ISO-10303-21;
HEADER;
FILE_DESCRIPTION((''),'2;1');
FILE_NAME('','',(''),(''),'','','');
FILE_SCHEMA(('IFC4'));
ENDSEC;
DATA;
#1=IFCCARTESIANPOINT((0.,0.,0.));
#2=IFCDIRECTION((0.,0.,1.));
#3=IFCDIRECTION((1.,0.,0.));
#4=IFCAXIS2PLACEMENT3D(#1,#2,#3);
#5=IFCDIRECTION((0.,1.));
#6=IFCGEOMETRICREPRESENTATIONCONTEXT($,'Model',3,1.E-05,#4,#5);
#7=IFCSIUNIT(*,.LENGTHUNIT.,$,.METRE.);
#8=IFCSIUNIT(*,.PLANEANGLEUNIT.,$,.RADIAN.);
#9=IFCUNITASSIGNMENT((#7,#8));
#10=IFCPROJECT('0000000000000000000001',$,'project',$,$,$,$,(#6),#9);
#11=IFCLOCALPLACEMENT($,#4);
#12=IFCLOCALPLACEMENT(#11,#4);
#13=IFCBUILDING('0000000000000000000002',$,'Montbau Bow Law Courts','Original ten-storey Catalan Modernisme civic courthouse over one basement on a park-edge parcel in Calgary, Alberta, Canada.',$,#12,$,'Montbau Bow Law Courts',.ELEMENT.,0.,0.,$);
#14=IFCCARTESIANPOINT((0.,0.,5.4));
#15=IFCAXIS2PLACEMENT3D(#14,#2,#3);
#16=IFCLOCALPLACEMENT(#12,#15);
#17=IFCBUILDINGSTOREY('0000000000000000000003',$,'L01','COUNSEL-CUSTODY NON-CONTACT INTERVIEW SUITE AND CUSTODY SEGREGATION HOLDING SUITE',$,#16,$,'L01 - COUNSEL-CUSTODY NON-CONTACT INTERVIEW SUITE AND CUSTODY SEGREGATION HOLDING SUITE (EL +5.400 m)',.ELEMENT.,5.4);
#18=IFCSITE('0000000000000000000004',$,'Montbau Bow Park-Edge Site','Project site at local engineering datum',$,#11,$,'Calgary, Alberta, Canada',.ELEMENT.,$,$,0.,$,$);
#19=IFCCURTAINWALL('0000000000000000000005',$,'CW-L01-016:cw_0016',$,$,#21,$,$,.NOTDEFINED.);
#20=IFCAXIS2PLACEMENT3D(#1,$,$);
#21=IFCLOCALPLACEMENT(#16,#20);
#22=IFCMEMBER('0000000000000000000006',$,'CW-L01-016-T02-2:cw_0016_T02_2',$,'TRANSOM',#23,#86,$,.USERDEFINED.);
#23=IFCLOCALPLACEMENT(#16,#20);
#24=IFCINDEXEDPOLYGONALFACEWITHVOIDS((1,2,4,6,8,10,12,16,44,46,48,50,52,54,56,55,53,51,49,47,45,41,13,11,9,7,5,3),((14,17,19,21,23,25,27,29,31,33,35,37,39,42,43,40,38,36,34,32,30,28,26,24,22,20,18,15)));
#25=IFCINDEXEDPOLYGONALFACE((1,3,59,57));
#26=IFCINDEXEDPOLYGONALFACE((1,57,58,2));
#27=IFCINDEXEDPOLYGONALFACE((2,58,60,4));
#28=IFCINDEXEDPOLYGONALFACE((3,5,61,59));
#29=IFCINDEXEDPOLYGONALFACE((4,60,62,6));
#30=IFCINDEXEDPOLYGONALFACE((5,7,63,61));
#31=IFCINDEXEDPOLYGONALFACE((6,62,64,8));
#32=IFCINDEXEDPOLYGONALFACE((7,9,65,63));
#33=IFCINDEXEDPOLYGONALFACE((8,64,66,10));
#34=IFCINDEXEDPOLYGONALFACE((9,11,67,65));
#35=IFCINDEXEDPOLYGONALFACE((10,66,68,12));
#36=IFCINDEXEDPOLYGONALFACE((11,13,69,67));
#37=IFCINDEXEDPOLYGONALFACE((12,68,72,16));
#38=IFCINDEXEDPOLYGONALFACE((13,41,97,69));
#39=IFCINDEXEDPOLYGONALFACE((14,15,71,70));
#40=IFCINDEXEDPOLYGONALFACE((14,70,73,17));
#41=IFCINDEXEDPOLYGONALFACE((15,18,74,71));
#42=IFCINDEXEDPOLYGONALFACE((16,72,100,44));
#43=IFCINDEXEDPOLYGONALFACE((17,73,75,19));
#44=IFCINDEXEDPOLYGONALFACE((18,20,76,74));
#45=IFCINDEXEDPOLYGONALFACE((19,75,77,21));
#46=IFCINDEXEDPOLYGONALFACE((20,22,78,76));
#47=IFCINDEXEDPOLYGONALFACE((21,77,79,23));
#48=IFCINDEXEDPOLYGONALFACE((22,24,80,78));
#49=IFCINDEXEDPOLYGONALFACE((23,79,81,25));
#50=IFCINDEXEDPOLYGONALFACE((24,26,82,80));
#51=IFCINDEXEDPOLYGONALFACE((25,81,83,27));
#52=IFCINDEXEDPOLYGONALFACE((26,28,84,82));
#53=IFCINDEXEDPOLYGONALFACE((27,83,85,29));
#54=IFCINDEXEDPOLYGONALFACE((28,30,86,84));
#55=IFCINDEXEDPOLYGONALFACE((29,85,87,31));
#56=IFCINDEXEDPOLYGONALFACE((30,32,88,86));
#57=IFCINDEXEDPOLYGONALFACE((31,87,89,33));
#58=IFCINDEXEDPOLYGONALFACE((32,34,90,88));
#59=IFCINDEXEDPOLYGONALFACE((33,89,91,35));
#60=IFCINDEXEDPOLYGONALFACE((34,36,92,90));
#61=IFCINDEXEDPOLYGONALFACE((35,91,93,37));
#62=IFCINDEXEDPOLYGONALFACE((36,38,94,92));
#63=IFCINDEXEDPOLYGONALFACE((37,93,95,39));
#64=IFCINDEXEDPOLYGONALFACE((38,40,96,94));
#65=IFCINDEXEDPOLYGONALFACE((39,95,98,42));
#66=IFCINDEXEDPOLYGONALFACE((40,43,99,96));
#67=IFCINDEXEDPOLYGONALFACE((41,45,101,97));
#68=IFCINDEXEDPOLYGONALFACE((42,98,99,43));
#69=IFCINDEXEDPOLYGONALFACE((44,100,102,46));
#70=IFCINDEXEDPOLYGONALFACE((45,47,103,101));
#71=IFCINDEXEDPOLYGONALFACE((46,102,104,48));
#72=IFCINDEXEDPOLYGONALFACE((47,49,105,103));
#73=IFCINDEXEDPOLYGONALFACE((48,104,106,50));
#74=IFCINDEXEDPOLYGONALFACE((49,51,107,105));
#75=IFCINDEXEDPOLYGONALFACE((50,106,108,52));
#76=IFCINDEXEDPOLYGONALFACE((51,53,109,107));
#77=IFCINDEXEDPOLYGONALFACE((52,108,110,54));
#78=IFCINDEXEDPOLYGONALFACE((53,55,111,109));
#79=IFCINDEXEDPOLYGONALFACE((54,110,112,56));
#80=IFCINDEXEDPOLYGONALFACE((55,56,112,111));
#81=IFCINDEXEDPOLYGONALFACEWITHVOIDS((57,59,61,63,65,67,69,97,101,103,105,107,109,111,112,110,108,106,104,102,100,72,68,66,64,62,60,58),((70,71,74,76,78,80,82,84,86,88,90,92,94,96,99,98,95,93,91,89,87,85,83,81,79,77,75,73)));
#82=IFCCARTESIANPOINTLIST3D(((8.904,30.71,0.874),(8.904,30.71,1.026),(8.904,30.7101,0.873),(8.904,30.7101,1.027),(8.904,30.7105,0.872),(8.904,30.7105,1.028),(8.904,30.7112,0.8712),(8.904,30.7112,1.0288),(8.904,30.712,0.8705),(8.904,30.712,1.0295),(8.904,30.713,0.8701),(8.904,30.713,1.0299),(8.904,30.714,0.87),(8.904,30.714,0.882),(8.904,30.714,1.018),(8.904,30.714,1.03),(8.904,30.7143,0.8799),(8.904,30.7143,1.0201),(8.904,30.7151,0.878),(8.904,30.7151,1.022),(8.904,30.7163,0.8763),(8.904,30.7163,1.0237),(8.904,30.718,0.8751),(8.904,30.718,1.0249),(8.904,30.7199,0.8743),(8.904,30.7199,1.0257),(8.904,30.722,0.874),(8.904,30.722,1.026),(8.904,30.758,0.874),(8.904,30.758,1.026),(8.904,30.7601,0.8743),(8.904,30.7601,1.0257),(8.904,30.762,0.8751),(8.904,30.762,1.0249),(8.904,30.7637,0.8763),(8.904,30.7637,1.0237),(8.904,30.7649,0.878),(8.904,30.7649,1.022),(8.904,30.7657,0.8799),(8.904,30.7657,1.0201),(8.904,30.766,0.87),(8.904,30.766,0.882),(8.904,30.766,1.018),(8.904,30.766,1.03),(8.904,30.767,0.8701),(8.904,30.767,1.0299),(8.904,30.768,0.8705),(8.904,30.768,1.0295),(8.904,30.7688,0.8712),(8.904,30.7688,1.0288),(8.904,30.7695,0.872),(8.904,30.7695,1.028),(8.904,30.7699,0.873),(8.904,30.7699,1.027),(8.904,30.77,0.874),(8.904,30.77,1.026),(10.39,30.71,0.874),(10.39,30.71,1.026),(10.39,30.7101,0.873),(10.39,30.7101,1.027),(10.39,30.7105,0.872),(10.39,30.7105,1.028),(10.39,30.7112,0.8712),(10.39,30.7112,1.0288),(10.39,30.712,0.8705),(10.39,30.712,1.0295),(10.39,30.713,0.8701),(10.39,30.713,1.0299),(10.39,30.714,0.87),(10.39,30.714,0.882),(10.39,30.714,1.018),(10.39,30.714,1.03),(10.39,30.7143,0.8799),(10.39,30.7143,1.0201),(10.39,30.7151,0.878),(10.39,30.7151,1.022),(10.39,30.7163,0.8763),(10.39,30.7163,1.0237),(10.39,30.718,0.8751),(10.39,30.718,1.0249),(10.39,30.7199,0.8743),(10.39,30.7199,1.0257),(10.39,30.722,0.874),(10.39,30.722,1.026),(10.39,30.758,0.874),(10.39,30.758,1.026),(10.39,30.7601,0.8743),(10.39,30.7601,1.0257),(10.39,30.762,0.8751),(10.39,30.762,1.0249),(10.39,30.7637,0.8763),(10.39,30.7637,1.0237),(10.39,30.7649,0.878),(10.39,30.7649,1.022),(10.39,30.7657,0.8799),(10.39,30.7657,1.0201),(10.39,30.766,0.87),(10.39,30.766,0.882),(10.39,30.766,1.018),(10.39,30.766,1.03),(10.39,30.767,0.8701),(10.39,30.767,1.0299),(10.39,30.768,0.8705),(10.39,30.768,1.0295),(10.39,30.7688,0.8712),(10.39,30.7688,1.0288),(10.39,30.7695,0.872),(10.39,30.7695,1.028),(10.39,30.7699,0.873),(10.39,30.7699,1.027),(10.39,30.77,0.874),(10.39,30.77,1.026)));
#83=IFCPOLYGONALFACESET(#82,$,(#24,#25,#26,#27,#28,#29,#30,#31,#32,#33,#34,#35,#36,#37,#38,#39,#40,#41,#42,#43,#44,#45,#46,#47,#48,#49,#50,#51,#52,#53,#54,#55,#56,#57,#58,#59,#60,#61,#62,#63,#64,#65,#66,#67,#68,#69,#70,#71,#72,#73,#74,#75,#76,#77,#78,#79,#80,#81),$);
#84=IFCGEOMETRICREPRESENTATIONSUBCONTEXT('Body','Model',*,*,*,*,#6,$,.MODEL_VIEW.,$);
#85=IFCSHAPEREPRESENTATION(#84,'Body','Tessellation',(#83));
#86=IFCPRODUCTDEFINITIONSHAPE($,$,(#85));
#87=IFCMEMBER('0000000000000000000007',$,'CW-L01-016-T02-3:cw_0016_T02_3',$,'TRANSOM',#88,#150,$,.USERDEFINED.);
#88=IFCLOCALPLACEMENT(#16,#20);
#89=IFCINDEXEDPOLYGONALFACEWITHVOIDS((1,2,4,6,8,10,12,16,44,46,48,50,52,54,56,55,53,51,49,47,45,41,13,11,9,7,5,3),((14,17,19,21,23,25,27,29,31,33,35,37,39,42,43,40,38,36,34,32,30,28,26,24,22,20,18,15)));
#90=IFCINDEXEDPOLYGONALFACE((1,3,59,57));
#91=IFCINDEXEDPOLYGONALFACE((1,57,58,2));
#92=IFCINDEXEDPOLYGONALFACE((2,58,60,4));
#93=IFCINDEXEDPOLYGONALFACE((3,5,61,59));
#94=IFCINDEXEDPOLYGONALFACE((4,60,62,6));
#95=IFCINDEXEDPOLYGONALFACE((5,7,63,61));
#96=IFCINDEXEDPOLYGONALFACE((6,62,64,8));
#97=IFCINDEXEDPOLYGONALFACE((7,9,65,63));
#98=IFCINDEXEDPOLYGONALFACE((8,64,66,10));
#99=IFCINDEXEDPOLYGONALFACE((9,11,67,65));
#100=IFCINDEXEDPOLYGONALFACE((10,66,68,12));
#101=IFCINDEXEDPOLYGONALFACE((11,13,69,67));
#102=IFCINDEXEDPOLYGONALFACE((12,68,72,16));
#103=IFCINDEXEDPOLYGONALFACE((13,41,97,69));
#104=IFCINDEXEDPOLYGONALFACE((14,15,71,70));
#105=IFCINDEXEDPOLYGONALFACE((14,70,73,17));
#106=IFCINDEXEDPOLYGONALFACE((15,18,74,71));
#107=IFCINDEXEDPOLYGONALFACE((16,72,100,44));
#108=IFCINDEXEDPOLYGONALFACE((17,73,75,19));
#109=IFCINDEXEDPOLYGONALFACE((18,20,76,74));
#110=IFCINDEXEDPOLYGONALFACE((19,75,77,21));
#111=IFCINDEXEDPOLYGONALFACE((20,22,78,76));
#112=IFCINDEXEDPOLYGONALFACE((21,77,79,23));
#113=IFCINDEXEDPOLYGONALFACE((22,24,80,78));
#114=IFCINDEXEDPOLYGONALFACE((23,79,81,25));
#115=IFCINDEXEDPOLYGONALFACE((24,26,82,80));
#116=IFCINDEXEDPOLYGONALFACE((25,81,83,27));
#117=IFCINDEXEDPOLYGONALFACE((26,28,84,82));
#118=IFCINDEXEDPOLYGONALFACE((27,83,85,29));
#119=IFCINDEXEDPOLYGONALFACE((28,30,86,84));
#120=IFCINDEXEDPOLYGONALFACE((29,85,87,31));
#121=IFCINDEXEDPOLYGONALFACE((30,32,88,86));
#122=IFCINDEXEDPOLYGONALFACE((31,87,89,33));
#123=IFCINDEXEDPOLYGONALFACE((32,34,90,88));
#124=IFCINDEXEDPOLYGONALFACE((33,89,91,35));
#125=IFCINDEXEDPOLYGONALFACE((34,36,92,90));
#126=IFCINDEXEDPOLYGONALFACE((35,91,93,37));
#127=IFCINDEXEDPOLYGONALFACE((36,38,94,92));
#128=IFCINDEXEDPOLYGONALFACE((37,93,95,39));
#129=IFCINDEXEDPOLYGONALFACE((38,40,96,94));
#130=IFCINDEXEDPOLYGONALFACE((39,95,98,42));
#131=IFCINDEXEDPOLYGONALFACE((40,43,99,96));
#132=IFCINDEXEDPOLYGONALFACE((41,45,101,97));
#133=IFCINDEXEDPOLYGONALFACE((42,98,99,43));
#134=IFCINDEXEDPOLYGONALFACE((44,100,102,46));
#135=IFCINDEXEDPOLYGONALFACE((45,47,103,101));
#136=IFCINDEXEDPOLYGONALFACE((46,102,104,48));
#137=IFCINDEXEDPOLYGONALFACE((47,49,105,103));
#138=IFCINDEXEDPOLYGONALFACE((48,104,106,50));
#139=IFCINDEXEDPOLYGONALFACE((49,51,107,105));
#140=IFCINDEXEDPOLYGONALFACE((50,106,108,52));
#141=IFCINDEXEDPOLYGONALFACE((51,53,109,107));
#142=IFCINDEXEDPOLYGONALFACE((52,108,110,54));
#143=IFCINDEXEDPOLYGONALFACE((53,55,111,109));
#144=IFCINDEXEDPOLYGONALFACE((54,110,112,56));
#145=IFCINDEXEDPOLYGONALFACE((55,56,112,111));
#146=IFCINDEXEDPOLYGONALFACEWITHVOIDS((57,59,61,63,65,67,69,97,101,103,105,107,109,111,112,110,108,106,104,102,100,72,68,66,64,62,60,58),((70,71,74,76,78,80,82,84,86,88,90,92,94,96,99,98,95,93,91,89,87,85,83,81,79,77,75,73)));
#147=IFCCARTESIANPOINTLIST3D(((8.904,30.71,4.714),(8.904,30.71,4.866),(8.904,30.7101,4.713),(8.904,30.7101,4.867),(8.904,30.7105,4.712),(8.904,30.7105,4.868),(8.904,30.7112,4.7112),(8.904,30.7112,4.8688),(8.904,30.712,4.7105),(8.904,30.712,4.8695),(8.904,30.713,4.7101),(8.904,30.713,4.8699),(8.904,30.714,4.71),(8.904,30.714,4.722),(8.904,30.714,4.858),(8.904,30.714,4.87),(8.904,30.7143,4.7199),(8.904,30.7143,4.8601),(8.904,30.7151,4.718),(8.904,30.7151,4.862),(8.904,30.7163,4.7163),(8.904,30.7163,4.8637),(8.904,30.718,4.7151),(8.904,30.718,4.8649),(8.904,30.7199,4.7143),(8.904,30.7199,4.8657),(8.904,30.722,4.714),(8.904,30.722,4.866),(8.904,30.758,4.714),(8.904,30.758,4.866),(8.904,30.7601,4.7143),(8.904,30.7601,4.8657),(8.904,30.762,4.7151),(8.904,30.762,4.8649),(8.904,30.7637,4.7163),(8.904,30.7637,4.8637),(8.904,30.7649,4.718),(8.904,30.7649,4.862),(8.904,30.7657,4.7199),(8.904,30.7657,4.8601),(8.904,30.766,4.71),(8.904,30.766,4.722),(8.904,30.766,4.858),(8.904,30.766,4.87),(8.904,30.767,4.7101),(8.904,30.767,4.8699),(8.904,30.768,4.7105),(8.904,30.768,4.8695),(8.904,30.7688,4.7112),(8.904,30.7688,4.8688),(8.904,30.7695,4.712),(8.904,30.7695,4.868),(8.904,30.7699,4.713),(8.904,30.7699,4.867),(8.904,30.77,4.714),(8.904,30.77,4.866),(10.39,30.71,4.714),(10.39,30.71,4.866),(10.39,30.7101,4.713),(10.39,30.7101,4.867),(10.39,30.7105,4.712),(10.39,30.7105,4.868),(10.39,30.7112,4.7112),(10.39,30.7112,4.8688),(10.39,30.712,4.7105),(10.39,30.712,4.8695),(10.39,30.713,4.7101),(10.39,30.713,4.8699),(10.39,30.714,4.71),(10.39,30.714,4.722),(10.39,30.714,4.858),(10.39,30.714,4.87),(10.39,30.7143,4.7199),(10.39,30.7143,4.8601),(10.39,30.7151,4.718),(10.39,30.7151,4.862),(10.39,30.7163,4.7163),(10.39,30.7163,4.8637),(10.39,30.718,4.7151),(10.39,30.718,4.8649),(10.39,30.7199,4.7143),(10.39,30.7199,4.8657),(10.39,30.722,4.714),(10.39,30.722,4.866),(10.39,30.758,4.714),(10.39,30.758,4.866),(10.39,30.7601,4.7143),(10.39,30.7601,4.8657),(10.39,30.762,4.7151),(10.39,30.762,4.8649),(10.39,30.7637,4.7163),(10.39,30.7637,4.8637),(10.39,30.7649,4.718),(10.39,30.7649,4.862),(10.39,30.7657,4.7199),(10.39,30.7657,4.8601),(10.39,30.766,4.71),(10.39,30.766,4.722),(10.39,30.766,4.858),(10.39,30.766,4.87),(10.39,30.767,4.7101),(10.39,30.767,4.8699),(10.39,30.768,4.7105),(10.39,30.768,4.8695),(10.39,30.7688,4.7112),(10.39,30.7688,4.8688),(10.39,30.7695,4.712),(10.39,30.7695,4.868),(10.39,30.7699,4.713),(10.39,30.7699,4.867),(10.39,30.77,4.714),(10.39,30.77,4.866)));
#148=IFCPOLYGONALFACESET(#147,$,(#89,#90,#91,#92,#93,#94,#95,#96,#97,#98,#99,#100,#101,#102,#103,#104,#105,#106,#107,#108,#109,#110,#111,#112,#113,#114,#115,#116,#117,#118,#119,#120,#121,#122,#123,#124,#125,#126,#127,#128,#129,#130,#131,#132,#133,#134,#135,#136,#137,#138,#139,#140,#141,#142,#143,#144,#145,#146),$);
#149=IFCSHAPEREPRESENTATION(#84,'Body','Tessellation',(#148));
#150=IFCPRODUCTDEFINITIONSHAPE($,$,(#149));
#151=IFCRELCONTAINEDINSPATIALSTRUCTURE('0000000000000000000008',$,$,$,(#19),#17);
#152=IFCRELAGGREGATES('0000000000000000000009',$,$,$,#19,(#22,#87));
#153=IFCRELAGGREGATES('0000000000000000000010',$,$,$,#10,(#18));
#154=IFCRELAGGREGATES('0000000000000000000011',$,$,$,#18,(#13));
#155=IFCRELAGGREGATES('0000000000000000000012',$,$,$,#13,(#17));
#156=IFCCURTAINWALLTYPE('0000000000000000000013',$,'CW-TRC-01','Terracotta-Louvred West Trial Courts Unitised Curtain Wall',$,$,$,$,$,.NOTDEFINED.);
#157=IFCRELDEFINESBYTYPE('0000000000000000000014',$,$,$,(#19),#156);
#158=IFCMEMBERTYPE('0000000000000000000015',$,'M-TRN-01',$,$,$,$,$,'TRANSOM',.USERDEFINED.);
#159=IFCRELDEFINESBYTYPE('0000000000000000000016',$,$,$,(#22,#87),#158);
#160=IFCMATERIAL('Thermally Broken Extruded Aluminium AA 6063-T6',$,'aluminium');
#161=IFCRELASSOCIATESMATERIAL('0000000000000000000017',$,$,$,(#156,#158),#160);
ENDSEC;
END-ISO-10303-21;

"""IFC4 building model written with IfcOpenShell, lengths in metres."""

from ifc_helpers import new_model, si_unit, direction, frame, origin_with_axes, origin_2d_with_axis, place, context, subcontext, project, spatial, hollow_rectangle, extrude, material, material_profile, profile_set, type_object, element, aggregate, save


model = new_model("IFC4")

# Units and contexts
model_context = context("Model", 3, precision=1e-05, world=origin_with_axes(), true_north=direction((0.0, 1.0)))
body_context = subcontext(model_context, "Body", "Model", "MODEL_VIEW")
ifc_project = project(units=[si_unit("LENGTHUNIT", "METRE"), si_unit("PLANEANGLEUNIT", "RADIAN")], contexts=[model_context])

# Site, building, storey
site_placement = place(None, origin_with_axes())
site = spatial("IfcSite", under=ifc_project, at=site_placement, Name="Montbau Bow Park-Edge Site", Description="Project site at local engineering datum", LongName="Calgary, Alberta, Canada", CompositionType="ELEMENT", RefElevation=0.0)
building_placement = place(site_placement, origin_with_axes())
building = spatial("IfcBuilding", under=site, at=building_placement, Name="Montbau Bow Law Courts", Description="Original ten-storey Catalan Modernisme civic courthouse over one basement on a park-edge parcel in Calgary, Alberta, Canada.", LongName="Montbau Bow Law Courts", CompositionType="ELEMENT", ElevationOfRefHeight=0.0, ElevationOfTerrain=0.0)
storey_placement = place(building_placement, frame((0.0, 0.0, 5.4), z_axis=(0.0, 0.0, 1.0), x_axis=(1.0, 0.0, 0.0)))
storey = spatial("IfcBuildingStorey", under=building, at=storey_placement, Name="L01", Description="COUNSEL-CUSTODY NON-CONTACT INTERVIEW SUITE AND CUSTODY SEGREGATION HOLDING SUITE", LongName="L01 - COUNSEL-CUSTODY NON-CONTACT INTERVIEW SUITE AND CUSTODY SEGREGATION HOLDING SUITE (EL +5.400 m)", CompositionType="ELEMENT", Elevation=5.4)

# Curtain wall, members
ifc_material_1 = material(Name="Thermally Broken Extruded Aluminium AA 6063-T6", Category="aluminium")
curtain_wall_type = type_object("IfcCurtainWallType", Name="CW-TRC-01", Description="Terracotta-Louvred West Trial Courts Unitised Curtain Wall", PredefinedType="NOTDEFINED", material=ifc_material_1)
curtain_wall_1_placement = place(None, frame((7.315, 30.74, 5.4), z_axis=(0.0, 0.0, 1.0), x_axis=(1.0, 0.0, 0.0)))
curtain_wall_1 = element("IfcCurtainWall", 1, at=curtain_wall_1_placement, inside=storey, type_object=curtain_wall_type, Name="CW-L01-016:cw_0016", PredefinedType="NOTDEFINED")
ifc_material_profile = material_profile(ifc_material_1, hollow_rectangle(XDim=0.06, YDim=0.16, WallThickness=0.004, InnerFilletRadius=0.008, OuterFilletRadius=0.004, at=origin_2d_with_axis()), Name="CWT-160X60", Category="Main", Priority=0)
ifc_profile_set = profile_set([ifc_material_profile], Name="Thermally Broken Extruded Aluminium AA 6063-T6")
member_type = type_object("IfcMemberType", Name="M-TRN-01", ElementType="TRANSOM", PredefinedType="USERDEFINED", material=ifc_profile_set)
member_1_placement = place(None, frame((8.904, 30.74, 6.35), z_axis=(1.0, 0.0, 0.0), x_axis=(0.0, 1.0, 0.0)))
member_1 = element("IfcMember", 2, at=member_1_placement, type_object=member_type, Name="CW-L01-016-T02-2:cw_0016_T02_2", ObjectType="TRANSOM", PredefinedType="USERDEFINED", context=body_context, shape_type="SweptSolid", body=[
    extrude(hollow_rectangle(XDim=0.06, YDim=0.16, WallThickness=0.004, InnerFilletRadius=0.008, OuterFilletRadius=0.004, at=origin_2d_with_axis()), origin_with_axes(), (0.0, 0.0, 1.0), 1.486),
])
member_2_placement = place(None, frame((8.904, 30.74, 10.19), z_axis=(1.0, 0.0, 0.0), x_axis=(0.0, 1.0, 0.0)))
member_2 = element("IfcMember", 3, at=member_2_placement, type_object=member_type, Name="CW-L01-016-T02-3:cw_0016_T02_3", ObjectType="TRANSOM", PredefinedType="USERDEFINED", context=body_context, shape_type="SweptSolid", body=[
    extrude(hollow_rectangle(XDim=0.06, YDim=0.16, WallThickness=0.004, InnerFilletRadius=0.008, OuterFilletRadius=0.004, at=origin_2d_with_axis()), origin_with_axes(), (0.0, 0.0, 1.0), 1.486),
])

aggregate(curtain_wall_1, [member_1, member_2])

save(model, "model.ifc")
